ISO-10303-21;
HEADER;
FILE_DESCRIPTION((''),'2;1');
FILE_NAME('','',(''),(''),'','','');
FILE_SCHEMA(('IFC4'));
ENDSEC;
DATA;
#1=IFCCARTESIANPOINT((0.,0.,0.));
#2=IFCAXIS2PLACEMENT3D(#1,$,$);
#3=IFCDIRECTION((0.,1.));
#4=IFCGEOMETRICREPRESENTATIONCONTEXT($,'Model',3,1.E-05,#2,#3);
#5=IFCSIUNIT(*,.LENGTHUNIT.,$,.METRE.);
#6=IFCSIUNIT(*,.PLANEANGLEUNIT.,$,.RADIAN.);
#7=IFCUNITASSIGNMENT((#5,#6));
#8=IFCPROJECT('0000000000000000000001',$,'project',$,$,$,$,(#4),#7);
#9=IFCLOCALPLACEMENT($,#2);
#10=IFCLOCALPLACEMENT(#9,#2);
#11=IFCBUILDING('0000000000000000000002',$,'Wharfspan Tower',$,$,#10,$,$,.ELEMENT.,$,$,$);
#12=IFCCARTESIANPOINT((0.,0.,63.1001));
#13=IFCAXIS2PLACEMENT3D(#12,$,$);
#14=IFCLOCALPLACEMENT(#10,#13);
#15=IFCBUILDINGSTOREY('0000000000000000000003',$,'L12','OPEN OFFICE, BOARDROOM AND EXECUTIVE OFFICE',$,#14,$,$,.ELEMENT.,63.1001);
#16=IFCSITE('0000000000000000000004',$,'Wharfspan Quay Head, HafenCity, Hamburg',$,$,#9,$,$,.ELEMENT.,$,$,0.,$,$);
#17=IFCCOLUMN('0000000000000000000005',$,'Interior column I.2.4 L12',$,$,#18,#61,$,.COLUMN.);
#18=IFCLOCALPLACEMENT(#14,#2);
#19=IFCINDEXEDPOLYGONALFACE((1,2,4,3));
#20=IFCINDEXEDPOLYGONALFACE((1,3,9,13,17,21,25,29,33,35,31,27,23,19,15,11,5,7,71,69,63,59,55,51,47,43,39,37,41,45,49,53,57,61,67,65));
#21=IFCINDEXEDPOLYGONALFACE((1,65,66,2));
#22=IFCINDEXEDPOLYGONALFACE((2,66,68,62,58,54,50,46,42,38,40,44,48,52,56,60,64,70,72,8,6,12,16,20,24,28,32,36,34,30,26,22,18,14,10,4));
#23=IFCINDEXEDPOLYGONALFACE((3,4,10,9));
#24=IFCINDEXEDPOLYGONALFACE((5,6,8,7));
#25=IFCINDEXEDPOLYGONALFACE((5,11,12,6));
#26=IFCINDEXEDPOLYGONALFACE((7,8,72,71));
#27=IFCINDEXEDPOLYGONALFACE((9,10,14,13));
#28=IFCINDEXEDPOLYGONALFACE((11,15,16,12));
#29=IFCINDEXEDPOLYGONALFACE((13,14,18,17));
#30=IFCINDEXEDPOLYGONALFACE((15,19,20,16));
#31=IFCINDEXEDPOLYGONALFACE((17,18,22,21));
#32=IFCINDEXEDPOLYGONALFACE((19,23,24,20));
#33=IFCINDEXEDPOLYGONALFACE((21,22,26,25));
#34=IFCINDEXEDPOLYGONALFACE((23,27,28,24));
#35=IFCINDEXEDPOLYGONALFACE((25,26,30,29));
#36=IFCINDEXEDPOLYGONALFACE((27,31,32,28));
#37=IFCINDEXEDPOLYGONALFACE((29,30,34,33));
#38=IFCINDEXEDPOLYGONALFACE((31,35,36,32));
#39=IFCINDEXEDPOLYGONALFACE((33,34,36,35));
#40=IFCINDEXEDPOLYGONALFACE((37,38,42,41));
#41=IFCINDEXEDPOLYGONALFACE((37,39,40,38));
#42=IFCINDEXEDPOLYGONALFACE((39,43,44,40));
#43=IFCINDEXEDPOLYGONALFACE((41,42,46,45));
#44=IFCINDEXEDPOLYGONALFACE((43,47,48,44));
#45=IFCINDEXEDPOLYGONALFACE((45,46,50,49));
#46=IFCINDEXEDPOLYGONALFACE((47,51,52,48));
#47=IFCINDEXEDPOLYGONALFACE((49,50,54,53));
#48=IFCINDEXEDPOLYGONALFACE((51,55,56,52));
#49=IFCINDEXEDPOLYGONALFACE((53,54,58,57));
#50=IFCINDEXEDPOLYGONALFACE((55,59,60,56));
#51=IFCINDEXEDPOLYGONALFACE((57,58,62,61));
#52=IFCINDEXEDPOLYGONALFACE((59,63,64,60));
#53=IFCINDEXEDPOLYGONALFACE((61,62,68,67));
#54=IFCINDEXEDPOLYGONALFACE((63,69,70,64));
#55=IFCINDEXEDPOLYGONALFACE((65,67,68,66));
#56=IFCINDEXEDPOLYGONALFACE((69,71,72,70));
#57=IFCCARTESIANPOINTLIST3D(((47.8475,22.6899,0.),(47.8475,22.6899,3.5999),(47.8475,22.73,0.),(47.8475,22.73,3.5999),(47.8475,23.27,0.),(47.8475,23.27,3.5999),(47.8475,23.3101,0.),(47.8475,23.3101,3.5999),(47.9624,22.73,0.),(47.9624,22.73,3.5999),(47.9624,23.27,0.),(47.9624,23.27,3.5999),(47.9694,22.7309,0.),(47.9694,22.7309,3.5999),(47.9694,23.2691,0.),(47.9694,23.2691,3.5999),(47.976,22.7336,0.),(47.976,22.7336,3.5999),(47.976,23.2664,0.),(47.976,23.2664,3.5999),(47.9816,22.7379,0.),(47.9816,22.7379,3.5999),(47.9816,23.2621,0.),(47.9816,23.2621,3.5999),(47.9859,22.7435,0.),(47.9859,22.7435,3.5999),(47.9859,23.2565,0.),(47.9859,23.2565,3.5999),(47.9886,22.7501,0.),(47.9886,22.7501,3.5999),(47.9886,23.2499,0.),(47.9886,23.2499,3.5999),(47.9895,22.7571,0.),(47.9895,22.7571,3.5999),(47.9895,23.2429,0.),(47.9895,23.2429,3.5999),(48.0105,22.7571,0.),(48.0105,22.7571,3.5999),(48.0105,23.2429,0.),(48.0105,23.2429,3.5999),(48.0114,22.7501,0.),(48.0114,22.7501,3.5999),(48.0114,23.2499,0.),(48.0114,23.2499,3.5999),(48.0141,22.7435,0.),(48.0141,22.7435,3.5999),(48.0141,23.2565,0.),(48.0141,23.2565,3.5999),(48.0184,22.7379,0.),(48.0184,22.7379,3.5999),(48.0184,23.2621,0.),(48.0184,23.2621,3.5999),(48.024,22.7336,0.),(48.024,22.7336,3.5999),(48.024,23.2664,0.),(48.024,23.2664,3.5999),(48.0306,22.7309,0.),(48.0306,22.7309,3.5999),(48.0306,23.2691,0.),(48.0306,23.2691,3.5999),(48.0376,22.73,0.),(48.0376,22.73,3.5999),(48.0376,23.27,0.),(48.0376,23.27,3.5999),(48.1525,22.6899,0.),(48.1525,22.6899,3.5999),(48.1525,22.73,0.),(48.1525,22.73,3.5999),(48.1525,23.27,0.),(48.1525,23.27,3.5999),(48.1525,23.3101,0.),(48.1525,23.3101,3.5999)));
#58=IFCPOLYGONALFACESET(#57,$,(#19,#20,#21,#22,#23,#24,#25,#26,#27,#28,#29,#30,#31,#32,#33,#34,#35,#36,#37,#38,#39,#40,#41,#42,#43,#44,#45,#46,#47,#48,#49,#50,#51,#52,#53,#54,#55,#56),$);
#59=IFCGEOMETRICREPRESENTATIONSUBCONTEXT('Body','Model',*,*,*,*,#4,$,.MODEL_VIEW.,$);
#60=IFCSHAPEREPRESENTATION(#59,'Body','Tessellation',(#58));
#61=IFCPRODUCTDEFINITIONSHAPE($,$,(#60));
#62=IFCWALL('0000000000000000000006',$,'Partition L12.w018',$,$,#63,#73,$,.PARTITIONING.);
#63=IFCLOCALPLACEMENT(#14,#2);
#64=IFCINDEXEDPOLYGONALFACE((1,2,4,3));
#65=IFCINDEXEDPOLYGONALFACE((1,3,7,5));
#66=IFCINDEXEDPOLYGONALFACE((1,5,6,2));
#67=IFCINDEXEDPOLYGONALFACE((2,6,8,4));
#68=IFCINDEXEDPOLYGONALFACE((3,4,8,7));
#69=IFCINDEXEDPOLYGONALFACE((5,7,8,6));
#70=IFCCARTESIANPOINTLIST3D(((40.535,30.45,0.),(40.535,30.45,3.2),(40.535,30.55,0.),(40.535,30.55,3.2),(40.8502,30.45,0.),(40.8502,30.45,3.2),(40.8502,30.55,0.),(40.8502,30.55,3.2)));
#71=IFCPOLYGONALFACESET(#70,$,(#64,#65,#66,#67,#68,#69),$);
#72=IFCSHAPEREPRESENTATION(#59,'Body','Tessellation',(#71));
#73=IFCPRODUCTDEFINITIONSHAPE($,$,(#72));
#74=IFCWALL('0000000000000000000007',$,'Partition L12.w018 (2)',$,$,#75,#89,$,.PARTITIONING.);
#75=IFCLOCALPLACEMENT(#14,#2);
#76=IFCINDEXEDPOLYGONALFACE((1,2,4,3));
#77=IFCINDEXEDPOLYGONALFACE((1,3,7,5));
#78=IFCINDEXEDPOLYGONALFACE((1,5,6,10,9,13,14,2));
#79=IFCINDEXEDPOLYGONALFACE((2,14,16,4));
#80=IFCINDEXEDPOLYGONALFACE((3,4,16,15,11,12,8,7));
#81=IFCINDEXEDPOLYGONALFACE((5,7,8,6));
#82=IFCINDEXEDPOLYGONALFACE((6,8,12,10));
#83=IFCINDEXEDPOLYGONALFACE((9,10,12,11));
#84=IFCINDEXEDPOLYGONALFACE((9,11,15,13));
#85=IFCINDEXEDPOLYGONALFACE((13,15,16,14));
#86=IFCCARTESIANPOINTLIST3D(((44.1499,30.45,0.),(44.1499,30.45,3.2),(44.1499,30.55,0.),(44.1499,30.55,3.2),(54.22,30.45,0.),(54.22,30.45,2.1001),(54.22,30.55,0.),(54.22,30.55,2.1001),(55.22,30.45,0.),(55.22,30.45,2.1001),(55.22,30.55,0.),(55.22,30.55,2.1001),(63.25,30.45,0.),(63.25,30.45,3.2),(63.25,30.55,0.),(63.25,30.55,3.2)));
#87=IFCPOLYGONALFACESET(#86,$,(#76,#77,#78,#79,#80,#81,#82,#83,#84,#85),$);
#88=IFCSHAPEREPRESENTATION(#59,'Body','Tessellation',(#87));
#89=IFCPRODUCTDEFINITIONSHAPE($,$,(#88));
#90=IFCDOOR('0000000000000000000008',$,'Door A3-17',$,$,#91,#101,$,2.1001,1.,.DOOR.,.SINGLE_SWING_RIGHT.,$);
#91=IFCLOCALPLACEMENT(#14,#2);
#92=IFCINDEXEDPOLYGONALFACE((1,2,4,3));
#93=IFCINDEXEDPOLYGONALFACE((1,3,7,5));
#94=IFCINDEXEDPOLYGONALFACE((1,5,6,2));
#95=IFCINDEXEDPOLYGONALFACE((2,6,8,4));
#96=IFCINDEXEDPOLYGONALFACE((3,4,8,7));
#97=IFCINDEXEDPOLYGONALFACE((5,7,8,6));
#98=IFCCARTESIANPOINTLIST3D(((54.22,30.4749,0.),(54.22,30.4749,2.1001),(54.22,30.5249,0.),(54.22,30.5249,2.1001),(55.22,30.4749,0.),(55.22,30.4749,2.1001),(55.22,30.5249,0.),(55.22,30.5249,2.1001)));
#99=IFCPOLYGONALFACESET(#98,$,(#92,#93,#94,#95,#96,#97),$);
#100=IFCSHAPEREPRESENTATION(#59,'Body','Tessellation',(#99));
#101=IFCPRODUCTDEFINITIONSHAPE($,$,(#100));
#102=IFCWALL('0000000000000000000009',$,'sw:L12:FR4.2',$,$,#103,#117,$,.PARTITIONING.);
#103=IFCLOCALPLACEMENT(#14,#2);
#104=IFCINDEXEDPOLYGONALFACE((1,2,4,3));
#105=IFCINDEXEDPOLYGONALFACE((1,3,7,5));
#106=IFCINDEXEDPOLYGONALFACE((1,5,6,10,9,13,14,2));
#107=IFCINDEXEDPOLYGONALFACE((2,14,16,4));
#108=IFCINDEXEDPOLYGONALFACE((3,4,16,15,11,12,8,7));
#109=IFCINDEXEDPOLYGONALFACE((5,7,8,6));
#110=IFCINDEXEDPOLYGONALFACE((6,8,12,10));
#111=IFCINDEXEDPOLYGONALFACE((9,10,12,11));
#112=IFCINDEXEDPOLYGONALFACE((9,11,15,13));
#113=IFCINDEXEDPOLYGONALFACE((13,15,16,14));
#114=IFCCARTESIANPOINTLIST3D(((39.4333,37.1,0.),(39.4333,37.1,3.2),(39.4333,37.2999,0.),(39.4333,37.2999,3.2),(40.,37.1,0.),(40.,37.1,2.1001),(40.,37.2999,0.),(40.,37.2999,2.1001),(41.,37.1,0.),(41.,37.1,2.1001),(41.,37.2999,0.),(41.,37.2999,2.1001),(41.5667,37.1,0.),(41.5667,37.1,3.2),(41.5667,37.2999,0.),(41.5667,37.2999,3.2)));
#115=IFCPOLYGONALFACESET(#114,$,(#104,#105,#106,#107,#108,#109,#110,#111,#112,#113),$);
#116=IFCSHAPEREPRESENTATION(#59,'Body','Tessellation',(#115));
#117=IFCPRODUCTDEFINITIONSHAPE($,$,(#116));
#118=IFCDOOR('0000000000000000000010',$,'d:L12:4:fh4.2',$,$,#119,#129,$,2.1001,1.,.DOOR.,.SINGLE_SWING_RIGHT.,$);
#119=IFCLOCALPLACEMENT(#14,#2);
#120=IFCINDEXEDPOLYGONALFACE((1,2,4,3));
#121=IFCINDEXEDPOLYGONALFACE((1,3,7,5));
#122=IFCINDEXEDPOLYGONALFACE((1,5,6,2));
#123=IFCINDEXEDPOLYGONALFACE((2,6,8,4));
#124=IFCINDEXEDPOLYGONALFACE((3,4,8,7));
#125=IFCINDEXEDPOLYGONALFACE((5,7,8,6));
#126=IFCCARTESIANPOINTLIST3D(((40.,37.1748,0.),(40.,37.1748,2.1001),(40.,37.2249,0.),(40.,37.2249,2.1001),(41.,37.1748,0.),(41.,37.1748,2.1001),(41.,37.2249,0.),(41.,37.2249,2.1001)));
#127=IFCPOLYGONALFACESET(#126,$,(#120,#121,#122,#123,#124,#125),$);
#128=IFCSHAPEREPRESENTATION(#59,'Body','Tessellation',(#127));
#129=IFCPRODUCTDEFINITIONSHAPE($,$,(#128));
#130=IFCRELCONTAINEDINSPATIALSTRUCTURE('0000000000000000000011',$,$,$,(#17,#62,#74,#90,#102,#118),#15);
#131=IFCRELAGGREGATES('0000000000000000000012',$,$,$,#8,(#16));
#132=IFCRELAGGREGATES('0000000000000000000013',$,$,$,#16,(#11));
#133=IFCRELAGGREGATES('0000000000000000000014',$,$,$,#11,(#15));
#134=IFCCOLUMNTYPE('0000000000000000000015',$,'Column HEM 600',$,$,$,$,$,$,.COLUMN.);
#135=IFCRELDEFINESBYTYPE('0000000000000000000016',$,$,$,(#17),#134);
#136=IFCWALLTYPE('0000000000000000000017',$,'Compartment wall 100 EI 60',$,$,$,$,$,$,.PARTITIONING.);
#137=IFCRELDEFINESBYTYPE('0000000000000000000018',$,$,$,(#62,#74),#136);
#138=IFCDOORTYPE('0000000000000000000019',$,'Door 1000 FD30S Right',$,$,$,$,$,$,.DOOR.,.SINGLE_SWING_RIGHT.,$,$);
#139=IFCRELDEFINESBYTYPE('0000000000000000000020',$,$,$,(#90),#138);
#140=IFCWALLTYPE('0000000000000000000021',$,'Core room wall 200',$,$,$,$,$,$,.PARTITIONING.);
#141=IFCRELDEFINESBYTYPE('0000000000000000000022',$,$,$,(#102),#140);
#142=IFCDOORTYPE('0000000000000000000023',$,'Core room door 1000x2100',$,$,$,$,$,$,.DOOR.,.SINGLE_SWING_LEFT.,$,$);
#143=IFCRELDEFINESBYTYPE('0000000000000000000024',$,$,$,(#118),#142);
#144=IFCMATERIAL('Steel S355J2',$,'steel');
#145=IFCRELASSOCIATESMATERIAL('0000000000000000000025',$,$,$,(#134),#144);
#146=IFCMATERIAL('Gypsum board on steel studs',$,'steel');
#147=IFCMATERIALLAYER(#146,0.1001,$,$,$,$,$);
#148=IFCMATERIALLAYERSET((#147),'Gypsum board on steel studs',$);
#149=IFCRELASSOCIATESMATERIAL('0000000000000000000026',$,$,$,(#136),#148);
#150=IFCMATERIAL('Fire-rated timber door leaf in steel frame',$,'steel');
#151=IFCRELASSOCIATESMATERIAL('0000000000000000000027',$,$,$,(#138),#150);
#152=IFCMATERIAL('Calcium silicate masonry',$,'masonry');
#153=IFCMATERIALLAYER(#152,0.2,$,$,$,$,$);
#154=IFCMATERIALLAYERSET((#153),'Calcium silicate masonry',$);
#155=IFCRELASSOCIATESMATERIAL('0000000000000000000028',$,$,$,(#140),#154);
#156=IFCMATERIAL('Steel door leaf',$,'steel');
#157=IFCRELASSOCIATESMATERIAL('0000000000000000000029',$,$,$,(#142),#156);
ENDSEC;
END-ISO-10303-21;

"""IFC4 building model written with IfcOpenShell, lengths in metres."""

from ifc_helpers import new_model, si_unit, direction, frame, frame_2d, origin, origin_2d, place, context, subcontext, project, spatial, rectangle, i_section, extrude, material, layer, layer_set, material_profile, profile_set, type_object, element, fill, save


model = new_model("IFC4")

# Units and contexts
model_context = context("Model", 3, precision=1e-05, world=origin(), true_north=direction((0.0, 1.0)))
body_context = subcontext(model_context, "Body", "Model", "MODEL_VIEW")
ifc_project = project(units=[si_unit("LENGTHUNIT", "METRE"), si_unit("PLANEANGLEUNIT", "RADIAN")], contexts=[model_context])

# Site, building, storey
site_placement = place(None, origin())
site = spatial("IfcSite", under=ifc_project, at=site_placement, Name="Wharfspan Quay Head, HafenCity, Hamburg", CompositionType="ELEMENT", RefElevation=0.0)
building_placement = place(site_placement, origin())
building = spatial("IfcBuilding", under=site, at=building_placement, Name="Wharfspan Tower", CompositionType="ELEMENT")
storey_placement = place(building_placement, frame((0.0, 0.0, 63.1001)))
storey = spatial("IfcBuildingStorey", under=building, at=storey_placement, Name="L12", Description="OPEN OFFICE, BOARDROOM AND EXECUTIVE OFFICE", CompositionType="ELEMENT", Elevation=63.1001)

# Column
ifc_material_1 = material(Name="Steel S355J2", Category="steel")
ifc_material_profile = material_profile(ifc_material_1, i_section(OverallWidth=0.3049, OverallDepth=0.6201, WebThickness=0.021, FlangeThickness=0.04, FilletRadius=0.0271, at=origin_2d()))
ifc_profile_set = profile_set([ifc_material_profile], Name="Steel S355J2")
column_type = type_object("IfcColumnType", Name="Column HEM 600", PredefinedType="COLUMN", material=ifc_profile_set)
column_placement = place(storey_placement, frame((48.0, 23.0, 0.0), z_axis=(0.0, 0.0, 1.0), x_axis=(1.0, 0.0, 0.0)))
element("IfcColumn", 1, at=column_placement, inside=storey, type_object=column_type, Name="Interior column I.2.4 L12", PredefinedType="COLUMN", context=body_context, shape_type="SweptSolid", body=[
    extrude(i_section(OverallWidth=0.3049, OverallDepth=0.6201, WebThickness=0.021, FlangeThickness=0.04, FilletRadius=0.0271, at=origin_2d()), origin(), (0.0, 0.0, 1.0), 3.5999),
])

# Wall
ifc_material_2 = material(Name="Gypsum board on steel studs", Category="steel")
ifc_layer_1 = layer(ifc_material_2, 0.1001)
ifc_layer_set_1 = layer_set([ifc_layer_1], Name="Gypsum board on steel studs")
wall_type_1 = type_object("IfcWallType", Name="Compartment wall 100 EI 60", PredefinedType="PARTITIONING", material=ifc_layer_set_1)
wall_1_placement = place(storey_placement, frame((40.5349, 30.5, 0.0), z_axis=(0.0, 0.0, 1.0), x_axis=(1.0, 0.0, 0.0)))
element("IfcWall", 2, at=wall_1_placement, inside=storey, type_object=wall_type_1, Name="Partition L12.w018", PredefinedType="PARTITIONING", context=body_context, shape_type="SweptSolid", body=[
    extrude(rectangle(XDim=0.3152, YDim=0.1001, at=frame_2d((0.1577, 0.0))), origin(), (0.0, 0.0, 1.0), 3.2),
])

# Walls, openings, doors
wall_2_placement = place(storey_placement, frame((44.1499, 30.5, 0.0), z_axis=(0.0, 0.0, 1.0), x_axis=(1.0, 0.0, 0.0)))
wall_2 = element("IfcWall", 3, at=wall_2_placement, inside=storey, type_object=wall_type_1, Name="Partition L12.w018 (2)", PredefinedType="PARTITIONING", context=body_context, shape_type="SweptSolid", body=[
    extrude(rectangle(XDim=19.1001, YDim=0.1001, at=frame_2d((9.55, 0.0))), origin(), (0.0, 0.0, 1.0), 3.2),
])
opening_1_placement = place(wall_2_placement, frame((10.0701, 0.0, 0.0)))
opening_1 = element("IfcOpeningElement", 4, at=opening_1_placement, cuts=wall_2, PredefinedType="OPENING", context=body_context, shape_type="SweptSolid", body=[
    extrude(rectangle(XDim=1.0, YDim=2.1001, at=frame_2d((0.5, 1.05))), frame((0.0, 0.0601, 0.0), z_axis=(0.0, -1.0, 0.0), x_axis=(1.0, 0.0, 0.0)), (0.0, 0.0, 1.0), 0.1201),
])
ifc_material_3 = material(Name="Fire-rated timber door leaf in steel frame", Category="steel")
door_type_1 = type_object("IfcDoorType", Name="Door 1000 FD30S Right", OperationType="SINGLE_SWING_RIGHT", PredefinedType="DOOR", material=ifc_material_3)
door_1_placement = place(opening_1_placement, origin())
door_1 = element("IfcDoor", 5, at=door_1_placement, inside=storey, type_object=door_type_1, Name="Door A3-17", OperationType="SINGLE_SWING_RIGHT", OverallHeight=2.1001, OverallWidth=1.0, PredefinedType="DOOR", context=body_context, shape_type="SweptSolid", body=[
    extrude(rectangle(XDim=1.0, YDim=2.1001, at=frame_2d((0.5, 1.05))), frame((0.0, 0.0249, 0.0), z_axis=(0.0, -1.0, 0.0), x_axis=(1.0, 0.0, 0.0)), (0.0, 0.0, 1.0), 0.05),
])
fill(opening_1, door_1)
ifc_material_4 = material(Name="Calcium silicate masonry", Category="masonry")
ifc_layer_2 = layer(ifc_material_4, 0.2)
ifc_layer_set_2 = layer_set([ifc_layer_2], Name="Calcium silicate masonry")
wall_type_2 = type_object("IfcWallType", Name="Core room wall 200", PredefinedType="PARTITIONING", material=ifc_layer_set_2)
wall_3_placement = place(storey_placement, frame((39.4333, 37.2, 0.0), z_axis=(0.0, 0.0, 1.0), x_axis=(1.0, 0.0, 0.0)))
wall_3 = element("IfcWall", 6, at=wall_3_placement, inside=storey, type_object=wall_type_2, Name="sw:L12:FR4.2", PredefinedType="PARTITIONING", context=body_context, shape_type="SweptSolid", body=[
    extrude(rectangle(XDim=2.1333, YDim=0.2, at=frame_2d((1.0667, 0.0))), origin(), (0.0, 0.0, 1.0), 3.2),
])
opening_2_placement = place(wall_3_placement, frame((0.5666, 0.0, 0.0)))
opening_2 = element("IfcOpeningElement", 7, at=opening_2_placement, cuts=wall_3, PredefinedType="OPENING", context=body_context, shape_type="SweptSolid", body=[
    extrude(rectangle(XDim=1.0, YDim=2.1001, at=frame_2d((0.5, 1.05))), frame((0.0, 0.1099, 0.0), z_axis=(0.0, -1.0, 0.0), x_axis=(1.0, 0.0, 0.0)), (0.0, 0.0, 1.0), 0.22),
])
ifc_material_5 = material(Name="Steel door leaf", Category="steel")
door_type_2 = type_object("IfcDoorType", Name="Core room door 1000x2100", OperationType="SINGLE_SWING_LEFT", PredefinedType="DOOR", material=ifc_material_5)
door_2_placement = place(opening_2_placement, origin())
door_2 = element("IfcDoor", 8, at=door_2_placement, inside=storey, type_object=door_type_2, Name="d:L12:4:fh4.2", OperationType="SINGLE_SWING_RIGHT", OverallHeight=2.1001, OverallWidth=1.0, PredefinedType="DOOR", context=body_context, shape_type="SweptSolid", body=[
    extrude(rectangle(XDim=1.0, YDim=2.1001, at=frame_2d((0.5, 1.05))), frame((0.0, 0.0249, 0.0), z_axis=(0.0, -1.0, 0.0), x_axis=(1.0, 0.0, 0.0)), (0.0, 0.0, 1.0), 0.05),
])
fill(opening_2, door_2)

save(model, "model.ifc")
